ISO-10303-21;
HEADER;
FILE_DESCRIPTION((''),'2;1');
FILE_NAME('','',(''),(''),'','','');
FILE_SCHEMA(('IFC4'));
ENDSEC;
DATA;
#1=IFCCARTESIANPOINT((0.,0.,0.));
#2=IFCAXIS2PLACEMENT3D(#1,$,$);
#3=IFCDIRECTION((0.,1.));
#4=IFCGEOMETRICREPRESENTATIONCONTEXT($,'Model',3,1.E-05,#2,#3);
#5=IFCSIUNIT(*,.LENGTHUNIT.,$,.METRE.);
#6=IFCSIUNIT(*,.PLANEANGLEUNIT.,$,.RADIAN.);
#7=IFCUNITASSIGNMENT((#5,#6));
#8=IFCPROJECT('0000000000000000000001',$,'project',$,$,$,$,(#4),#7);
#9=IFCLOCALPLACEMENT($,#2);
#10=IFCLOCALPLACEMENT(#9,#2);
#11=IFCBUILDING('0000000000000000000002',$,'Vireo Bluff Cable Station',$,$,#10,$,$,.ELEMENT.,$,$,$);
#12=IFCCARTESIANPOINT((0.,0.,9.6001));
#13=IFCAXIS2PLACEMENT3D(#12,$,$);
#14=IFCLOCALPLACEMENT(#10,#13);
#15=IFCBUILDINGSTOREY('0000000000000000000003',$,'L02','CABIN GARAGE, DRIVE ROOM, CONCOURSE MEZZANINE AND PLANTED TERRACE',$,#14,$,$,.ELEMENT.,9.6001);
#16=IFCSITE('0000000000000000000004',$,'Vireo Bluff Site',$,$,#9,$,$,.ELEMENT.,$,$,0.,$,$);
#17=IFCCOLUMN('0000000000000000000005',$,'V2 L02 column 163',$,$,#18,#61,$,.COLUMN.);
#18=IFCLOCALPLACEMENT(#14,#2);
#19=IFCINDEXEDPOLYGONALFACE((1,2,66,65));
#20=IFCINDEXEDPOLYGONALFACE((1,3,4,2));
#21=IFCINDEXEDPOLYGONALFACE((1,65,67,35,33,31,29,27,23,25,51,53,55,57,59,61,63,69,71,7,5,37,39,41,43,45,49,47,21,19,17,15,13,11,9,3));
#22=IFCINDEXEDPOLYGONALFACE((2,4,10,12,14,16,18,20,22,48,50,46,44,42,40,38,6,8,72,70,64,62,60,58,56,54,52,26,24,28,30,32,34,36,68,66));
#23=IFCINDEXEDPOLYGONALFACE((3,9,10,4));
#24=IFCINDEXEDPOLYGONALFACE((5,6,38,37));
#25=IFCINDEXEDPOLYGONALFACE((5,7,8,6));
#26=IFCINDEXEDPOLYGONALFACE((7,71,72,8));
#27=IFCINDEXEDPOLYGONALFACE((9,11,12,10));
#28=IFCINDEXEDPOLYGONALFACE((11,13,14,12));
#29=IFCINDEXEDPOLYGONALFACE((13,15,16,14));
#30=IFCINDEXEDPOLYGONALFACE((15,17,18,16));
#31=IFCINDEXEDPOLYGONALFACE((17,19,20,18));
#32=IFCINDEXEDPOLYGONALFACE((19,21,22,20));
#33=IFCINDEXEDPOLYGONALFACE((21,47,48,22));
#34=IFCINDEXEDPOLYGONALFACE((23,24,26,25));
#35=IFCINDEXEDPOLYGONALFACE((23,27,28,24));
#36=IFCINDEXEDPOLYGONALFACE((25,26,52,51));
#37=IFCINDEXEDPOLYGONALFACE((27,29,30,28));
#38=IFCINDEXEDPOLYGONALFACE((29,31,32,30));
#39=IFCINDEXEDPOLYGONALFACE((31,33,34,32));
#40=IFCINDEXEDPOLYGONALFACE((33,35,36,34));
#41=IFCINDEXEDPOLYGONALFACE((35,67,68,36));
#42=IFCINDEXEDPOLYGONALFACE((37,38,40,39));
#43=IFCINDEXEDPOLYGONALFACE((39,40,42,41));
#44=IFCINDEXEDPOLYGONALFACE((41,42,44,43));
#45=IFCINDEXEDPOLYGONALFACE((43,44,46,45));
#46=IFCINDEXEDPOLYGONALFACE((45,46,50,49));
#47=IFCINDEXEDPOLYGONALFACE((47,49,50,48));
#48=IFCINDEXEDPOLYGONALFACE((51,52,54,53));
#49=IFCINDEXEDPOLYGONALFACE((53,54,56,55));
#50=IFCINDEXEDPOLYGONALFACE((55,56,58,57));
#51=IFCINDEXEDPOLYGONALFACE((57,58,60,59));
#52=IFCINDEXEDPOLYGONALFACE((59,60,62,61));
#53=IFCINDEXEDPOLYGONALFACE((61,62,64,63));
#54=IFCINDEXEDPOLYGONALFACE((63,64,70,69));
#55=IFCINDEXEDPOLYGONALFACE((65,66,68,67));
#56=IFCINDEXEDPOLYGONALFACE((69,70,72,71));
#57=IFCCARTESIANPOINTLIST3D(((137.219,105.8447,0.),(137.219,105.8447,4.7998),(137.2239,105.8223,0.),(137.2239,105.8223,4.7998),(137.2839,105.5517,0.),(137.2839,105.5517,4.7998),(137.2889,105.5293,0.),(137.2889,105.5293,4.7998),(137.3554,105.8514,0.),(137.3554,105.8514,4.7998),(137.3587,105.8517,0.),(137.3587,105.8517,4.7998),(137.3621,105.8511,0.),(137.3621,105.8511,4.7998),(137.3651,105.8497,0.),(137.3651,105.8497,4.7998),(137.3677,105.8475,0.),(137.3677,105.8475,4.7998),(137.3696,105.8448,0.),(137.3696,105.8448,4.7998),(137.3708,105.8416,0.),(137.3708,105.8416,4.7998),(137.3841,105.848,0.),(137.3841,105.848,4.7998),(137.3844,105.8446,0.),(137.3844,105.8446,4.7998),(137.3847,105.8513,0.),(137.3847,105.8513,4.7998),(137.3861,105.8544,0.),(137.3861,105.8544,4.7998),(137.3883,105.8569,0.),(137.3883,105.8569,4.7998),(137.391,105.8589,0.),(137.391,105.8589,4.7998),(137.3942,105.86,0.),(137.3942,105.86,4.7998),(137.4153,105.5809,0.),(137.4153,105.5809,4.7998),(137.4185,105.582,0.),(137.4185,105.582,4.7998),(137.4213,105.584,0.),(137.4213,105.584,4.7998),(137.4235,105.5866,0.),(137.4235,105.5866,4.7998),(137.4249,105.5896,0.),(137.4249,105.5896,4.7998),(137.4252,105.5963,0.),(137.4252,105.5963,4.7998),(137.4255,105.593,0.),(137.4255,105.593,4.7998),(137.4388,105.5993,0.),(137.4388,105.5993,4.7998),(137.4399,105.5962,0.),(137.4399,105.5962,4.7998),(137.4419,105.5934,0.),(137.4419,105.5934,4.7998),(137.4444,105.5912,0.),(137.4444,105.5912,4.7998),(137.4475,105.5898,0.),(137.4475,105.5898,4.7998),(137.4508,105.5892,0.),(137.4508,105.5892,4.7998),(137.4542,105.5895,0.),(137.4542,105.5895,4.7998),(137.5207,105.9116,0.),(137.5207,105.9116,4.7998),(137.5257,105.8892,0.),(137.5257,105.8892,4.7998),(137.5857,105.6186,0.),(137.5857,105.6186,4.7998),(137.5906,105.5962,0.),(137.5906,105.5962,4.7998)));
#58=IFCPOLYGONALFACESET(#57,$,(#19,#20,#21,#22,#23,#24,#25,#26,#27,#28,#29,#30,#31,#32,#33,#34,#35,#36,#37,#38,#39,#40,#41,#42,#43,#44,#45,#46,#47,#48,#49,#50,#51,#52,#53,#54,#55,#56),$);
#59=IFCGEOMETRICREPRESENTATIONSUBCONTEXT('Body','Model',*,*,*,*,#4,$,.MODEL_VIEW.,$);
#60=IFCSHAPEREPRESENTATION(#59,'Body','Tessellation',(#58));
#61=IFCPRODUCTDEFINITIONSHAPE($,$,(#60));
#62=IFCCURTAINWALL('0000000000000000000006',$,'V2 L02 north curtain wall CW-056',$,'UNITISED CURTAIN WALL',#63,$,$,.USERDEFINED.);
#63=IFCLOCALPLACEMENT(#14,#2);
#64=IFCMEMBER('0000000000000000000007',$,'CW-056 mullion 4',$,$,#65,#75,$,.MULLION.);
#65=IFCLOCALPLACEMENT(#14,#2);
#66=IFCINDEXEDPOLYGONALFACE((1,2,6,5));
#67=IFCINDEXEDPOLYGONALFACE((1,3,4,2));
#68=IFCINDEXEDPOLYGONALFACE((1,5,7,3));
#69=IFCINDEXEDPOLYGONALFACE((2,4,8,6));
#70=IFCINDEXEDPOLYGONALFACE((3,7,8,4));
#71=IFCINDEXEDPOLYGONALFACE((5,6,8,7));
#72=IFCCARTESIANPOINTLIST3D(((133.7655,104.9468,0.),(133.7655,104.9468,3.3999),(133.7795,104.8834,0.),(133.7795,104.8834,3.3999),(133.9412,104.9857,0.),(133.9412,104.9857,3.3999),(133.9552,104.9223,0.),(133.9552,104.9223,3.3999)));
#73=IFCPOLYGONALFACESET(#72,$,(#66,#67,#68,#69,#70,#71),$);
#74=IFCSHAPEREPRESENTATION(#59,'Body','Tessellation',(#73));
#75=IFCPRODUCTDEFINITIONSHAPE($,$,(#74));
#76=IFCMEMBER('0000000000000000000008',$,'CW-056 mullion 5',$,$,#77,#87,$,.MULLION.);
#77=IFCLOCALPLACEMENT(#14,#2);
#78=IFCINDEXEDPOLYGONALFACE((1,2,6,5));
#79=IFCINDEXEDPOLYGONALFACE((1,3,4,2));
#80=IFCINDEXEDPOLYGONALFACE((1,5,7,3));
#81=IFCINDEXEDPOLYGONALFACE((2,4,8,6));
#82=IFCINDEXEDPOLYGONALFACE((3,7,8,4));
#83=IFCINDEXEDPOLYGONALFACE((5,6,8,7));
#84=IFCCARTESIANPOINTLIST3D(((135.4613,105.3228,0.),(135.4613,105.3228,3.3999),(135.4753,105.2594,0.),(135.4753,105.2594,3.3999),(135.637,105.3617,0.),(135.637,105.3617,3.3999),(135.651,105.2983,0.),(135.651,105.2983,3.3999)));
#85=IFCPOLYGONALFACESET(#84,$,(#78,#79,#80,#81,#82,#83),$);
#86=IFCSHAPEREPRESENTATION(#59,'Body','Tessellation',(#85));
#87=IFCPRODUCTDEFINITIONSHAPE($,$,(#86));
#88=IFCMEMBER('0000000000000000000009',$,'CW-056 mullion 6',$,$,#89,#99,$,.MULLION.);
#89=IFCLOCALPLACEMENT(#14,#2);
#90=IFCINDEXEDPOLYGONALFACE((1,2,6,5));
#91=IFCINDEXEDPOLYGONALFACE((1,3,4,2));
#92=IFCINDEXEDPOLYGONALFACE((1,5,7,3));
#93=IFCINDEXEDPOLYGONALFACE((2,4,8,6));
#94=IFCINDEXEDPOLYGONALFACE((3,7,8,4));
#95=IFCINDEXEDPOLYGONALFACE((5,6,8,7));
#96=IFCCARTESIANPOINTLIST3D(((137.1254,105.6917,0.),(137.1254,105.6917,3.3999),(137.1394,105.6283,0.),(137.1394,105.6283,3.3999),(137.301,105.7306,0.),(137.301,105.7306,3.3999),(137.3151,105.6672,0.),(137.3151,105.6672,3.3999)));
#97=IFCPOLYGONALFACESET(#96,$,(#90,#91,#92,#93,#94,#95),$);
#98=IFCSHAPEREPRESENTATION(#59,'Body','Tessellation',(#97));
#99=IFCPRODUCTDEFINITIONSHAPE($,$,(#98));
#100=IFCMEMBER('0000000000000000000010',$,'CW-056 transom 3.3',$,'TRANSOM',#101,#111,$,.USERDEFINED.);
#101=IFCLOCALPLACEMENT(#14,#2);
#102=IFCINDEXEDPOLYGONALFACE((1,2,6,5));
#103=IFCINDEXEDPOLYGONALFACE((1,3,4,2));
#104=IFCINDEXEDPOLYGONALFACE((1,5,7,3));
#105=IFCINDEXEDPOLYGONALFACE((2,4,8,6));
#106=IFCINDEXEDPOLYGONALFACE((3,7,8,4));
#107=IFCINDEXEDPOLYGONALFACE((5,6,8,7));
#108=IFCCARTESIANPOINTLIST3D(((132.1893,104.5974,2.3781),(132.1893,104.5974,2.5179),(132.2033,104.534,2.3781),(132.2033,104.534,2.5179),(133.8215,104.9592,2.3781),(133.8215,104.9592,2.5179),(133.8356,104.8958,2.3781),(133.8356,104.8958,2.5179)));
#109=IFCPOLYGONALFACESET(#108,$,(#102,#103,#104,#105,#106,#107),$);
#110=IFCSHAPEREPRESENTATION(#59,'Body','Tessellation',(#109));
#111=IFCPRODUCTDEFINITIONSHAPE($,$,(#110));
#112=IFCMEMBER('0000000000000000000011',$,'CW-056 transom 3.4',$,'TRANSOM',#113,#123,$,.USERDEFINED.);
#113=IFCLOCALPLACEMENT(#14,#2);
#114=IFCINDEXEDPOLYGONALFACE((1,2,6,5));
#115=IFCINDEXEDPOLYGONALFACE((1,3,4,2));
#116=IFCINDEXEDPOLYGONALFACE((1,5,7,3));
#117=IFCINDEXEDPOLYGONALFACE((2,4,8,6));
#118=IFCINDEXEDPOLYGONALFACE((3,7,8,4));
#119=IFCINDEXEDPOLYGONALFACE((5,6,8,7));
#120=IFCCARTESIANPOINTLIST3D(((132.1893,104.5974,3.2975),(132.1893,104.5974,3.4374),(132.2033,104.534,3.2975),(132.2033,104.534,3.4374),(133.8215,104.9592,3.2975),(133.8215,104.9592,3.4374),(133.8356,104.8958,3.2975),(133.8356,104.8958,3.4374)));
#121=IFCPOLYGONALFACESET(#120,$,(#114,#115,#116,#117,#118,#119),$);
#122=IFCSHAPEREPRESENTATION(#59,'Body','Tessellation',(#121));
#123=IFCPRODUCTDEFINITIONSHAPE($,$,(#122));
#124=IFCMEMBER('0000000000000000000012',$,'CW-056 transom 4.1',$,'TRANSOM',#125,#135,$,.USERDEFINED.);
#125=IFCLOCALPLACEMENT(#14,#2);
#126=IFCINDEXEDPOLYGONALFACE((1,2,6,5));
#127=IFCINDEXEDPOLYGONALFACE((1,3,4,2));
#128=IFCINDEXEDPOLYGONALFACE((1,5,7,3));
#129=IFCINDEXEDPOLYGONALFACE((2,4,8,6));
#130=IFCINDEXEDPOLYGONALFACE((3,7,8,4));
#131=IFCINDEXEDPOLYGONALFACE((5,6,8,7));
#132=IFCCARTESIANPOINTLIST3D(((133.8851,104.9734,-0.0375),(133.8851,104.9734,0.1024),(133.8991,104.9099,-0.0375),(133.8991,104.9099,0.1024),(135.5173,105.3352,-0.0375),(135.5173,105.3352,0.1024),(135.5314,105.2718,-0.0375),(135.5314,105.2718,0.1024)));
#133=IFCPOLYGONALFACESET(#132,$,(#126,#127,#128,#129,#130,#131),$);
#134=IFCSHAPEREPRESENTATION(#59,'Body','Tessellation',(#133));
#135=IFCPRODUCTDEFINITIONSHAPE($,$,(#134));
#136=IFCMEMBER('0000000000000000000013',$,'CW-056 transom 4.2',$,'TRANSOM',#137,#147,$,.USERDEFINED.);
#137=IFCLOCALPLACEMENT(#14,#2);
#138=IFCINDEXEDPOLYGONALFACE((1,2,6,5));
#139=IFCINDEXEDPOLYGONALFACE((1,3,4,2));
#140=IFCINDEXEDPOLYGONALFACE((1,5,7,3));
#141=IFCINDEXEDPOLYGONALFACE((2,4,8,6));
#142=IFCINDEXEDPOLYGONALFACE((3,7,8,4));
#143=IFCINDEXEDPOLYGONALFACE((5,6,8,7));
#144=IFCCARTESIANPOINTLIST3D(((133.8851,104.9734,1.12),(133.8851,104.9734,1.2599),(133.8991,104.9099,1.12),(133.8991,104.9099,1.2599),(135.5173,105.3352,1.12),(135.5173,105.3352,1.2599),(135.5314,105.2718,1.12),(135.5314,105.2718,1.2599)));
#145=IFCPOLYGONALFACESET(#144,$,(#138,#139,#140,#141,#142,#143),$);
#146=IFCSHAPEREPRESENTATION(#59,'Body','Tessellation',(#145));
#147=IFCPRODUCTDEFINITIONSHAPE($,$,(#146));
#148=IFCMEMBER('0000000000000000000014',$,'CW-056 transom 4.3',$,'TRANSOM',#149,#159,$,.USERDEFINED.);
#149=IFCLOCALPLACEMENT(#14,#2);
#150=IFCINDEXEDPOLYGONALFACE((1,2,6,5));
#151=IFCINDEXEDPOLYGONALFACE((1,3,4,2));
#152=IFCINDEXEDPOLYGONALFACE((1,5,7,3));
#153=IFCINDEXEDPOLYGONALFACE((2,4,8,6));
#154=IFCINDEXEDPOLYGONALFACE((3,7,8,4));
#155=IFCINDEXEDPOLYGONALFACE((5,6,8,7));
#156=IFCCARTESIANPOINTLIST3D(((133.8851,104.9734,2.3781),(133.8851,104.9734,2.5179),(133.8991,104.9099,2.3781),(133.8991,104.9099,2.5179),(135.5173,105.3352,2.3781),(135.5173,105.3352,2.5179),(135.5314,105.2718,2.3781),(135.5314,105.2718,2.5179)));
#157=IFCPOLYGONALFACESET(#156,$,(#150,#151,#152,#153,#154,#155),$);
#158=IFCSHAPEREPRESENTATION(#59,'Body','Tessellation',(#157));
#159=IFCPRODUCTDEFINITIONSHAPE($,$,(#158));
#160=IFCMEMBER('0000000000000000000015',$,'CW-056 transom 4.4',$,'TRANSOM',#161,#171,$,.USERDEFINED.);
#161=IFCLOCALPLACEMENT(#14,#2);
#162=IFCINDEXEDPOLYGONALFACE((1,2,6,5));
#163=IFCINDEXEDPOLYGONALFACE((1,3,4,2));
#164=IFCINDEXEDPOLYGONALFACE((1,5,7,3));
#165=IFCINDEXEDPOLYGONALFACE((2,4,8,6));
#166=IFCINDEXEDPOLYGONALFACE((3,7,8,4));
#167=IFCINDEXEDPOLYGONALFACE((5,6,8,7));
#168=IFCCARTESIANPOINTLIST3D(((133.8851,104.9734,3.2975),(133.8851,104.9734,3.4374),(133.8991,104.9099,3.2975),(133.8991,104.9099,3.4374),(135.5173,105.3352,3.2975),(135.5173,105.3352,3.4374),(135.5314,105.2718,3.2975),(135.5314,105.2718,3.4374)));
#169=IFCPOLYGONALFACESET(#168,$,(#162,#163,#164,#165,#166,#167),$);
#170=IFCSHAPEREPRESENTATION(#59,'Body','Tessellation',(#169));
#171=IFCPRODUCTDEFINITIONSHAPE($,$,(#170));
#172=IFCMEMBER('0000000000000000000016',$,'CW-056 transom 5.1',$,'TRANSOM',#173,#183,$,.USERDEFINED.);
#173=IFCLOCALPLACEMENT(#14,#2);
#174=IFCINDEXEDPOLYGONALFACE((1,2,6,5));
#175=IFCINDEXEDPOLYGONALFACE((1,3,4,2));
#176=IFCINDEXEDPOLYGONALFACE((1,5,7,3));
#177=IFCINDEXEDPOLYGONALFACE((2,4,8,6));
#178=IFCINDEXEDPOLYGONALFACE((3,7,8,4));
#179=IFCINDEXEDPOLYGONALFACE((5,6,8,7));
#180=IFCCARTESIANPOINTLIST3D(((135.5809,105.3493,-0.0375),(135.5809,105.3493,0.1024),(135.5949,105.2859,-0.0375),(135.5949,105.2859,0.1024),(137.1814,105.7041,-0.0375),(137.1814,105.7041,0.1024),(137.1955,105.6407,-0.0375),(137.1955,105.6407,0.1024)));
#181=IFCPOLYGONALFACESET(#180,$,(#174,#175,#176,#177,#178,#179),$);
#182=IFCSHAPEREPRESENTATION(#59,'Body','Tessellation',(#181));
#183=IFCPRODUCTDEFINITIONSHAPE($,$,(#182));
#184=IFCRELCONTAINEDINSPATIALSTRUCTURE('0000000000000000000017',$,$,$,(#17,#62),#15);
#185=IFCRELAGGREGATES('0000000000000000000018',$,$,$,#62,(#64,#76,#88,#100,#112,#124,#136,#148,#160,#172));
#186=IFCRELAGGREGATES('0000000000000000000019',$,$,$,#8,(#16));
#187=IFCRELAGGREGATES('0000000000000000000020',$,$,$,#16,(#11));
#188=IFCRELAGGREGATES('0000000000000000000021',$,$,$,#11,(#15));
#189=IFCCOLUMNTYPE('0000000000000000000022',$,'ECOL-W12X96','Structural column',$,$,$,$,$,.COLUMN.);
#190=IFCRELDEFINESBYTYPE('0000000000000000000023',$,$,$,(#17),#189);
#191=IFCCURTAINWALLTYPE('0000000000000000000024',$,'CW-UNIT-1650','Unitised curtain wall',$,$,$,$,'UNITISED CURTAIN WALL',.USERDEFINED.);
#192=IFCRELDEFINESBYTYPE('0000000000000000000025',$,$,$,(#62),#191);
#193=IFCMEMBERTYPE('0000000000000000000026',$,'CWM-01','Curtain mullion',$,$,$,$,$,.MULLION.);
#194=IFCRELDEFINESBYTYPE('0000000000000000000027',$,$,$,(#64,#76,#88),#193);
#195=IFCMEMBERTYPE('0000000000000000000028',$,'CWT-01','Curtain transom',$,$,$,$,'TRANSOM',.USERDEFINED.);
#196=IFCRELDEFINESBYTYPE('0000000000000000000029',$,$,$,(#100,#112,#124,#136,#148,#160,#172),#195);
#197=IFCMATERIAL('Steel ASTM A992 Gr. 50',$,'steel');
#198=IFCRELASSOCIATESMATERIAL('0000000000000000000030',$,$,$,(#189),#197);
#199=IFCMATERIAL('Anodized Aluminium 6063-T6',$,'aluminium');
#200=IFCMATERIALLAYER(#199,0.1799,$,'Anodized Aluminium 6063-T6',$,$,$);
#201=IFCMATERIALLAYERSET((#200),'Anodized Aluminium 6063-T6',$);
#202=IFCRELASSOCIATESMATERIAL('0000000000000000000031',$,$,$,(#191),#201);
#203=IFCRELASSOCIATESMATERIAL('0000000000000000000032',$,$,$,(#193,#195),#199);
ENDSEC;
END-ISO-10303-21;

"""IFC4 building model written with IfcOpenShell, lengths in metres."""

from ifc_helpers import new_model, si_unit, direction, frame, origin, origin_2d, place, context, subcontext, project, spatial, rectangle, i_section, extrude, material, layer, layer_set, material_profile, profile_set, type_object, element, aggregate, save


model = new_model("IFC4")

# Units and contexts
model_context = context("Model", 3, precision=1e-05, world=origin(), true_north=direction((0.0, 1.0)))
body_context = subcontext(model_context, "Body", "Model", "MODEL_VIEW")
ifc_project = project(units=[si_unit("LENGTHUNIT", "METRE"), si_unit("PLANEANGLEUNIT", "RADIAN")], contexts=[model_context])

# Site, building, storey
site_placement = place(None, origin())
site = spatial("IfcSite", under=ifc_project, at=site_placement, Name="Vireo Bluff Site", CompositionType="ELEMENT", RefElevation=0.0)
building_placement = place(site_placement, origin())
building = spatial("IfcBuilding", under=site, at=building_placement, Name="Vireo Bluff Cable Station", CompositionType="ELEMENT")
storey_placement = place(building_placement, frame((0.0, 0.0, 9.6001)))
storey = spatial("IfcBuildingStorey", under=building, at=storey_placement, Name="L02", Description="CABIN GARAGE, DRIVE ROOM, CONCOURSE MEZZANINE AND PLANTED TERRACE", CompositionType="ELEMENT", Elevation=9.6001)

# Column
ifc_material_1 = material(Name="Steel ASTM A992 Gr. 50", Category="steel")
ifc_material_profile_1 = material_profile(ifc_material_1, i_section(OverallWidth=0.3091, OverallDepth=0.323, WebThickness=0.0139, FlangeThickness=0.0229, FilletRadius=0.0129, at=origin_2d()), Name="W12X96")
ifc_profile_set_1 = profile_set([ifc_material_profile_1], Name="Steel ASTM A992 Gr. 50")
column_type = type_object("IfcColumnType", Name="ECOL-W12X96", Description="Structural column", PredefinedType="COLUMN", material=ifc_profile_set_1)
column_placement = place(storey_placement, frame((137.4048, 105.7205, 0.0), z_axis=(0.0, 0.0, 1.0), x_axis=(0.976296, 0.21644, 0.0)))
element("IfcColumn", 1, at=column_placement, inside=storey, type_object=column_type, Name="V2 L02 column 163", PredefinedType="COLUMN", context=body_context, shape_type="SweptSolid", body=[
    extrude(i_section(OverallWidth=0.3091, OverallDepth=0.323, WebThickness=0.0139, FlangeThickness=0.0229, FilletRadius=0.0129, at=origin_2d()), origin(), (0.0, 0.0, 1.0), 4.7998),
])

# Curtain wall, members
ifc_material_2 = material(Name="Anodized Aluminium 6063-T6", Category="aluminium")
ifc_layer_1 = layer(ifc_material_2, 0.1799, Name="Anodized Aluminium 6063-T6")
ifc_layer_set_1 = layer_set([ifc_layer_1], Name="Anodized Aluminium 6063-T6")
curtain_wall_type = type_object("IfcCurtainWallType", Name="CW-UNIT-1650", Description="Unitised curtain wall", ElementType="UNITISED CURTAIN WALL", PredefinedType="USERDEFINED", material=ifc_layer_set_1)
curtain_wall_placement = place(storey_placement, origin())
curtain_wall = element("IfcCurtainWall", 2, at=curtain_wall_placement, inside=storey, type_object=curtain_wall_type, Name="V2 L02 north curtain wall CW-056", ObjectType="UNITISED CURTAIN WALL", PredefinedType="USERDEFINED")
ifc_material_profile_2 = material_profile(ifc_material_2, rectangle(XDim=0.0649, YDim=0.1799, at=origin_2d()), Name="ALU-M-65X180")
ifc_profile_set_2 = profile_set([ifc_material_profile_2], Name="Anodized Aluminium 6063-T6")
member_type_1 = type_object("IfcMemberType", Name="CWM-01", Description="Curtain mullion", PredefinedType="MULLION", material=ifc_profile_set_2)
member_1_placement = place(storey_placement, frame((133.8604, 104.9346, 0.0), z_axis=(0.0, 0.0, 1.0), x_axis=(-0.21644, 0.976296, 0.0)))
member_1 = element("IfcMember", 3, at=member_1_placement, type_object=member_type_1, Name="CW-056 mullion 4", PredefinedType="MULLION", context=body_context, shape_type="SweptSolid", body=[
    extrude(rectangle(XDim=0.0649, YDim=0.1799, at=origin_2d()), origin(), (0.0, 0.0, 1.0), 3.3999),
])
member_2_placement = place(storey_placement, frame((135.5562, 105.3105, 0.0), z_axis=(0.0, 0.0, 1.0), x_axis=(-0.21644, 0.976296, 0.0)))
member_2 = element("IfcMember", 4, at=member_2_placement, type_object=member_type_1, Name="CW-056 mullion 5", PredefinedType="MULLION", context=body_context, shape_type="SweptSolid", body=[
    extrude(rectangle(XDim=0.0649, YDim=0.1799, at=origin_2d()), origin(), (0.0, 0.0, 1.0), 3.3999),
])
member_3_placement = place(storey_placement, frame((137.2202, 105.6794, 0.0), z_axis=(0.0, 0.0, 1.0), x_axis=(-0.21644, 0.976296, 0.0)))
member_3 = element("IfcMember", 5, at=member_3_placement, type_object=member_type_1, Name="CW-056 mullion 6", PredefinedType="MULLION", context=body_context, shape_type="SweptSolid", body=[
    extrude(rectangle(XDim=0.0649, YDim=0.1799, at=origin_2d()), origin(), (0.0, 0.0, 1.0), 3.3999),
])
ifc_material_profile_3 = material_profile(ifc_material_2, rectangle(XDim=0.0649, YDim=0.1399, at=origin_2d()), Name="ALU-T-65X140")
ifc_profile_set_3 = profile_set([ifc_material_profile_3], Name="Anodized Aluminium 6063-T6")
member_type_2 = type_object("IfcMemberType", Name="CWT-01", Description="Curtain transom", ElementType="TRANSOM", PredefinedType="USERDEFINED", material=ifc_profile_set_3)
member_4_placement = place(storey_placement, frame((132.1963, 104.5657, 2.448), z_axis=(0.976304, 0.216405, 0.0), x_axis=(-0.216405, 0.976304, 0.0)))
member_4 = element("IfcMember", 6, at=member_4_placement, type_object=member_type_2, Name="CW-056 transom 3.3", ObjectType="TRANSOM", PredefinedType="USERDEFINED", context=body_context, shape_type="SweptSolid", body=[
    extrude(rectangle(XDim=0.0649, YDim=0.1399, at=origin_2d()), origin(), (0.0, 0.0, 1.0), 1.6719),
])
member_5_placement = place(storey_placement, frame((132.1963, 104.5657, 3.3674), z_axis=(0.976304, 0.216405, 0.0), x_axis=(-0.216405, 0.976304, 0.0)))
member_5 = element("IfcMember", 7, at=member_5_placement, type_object=member_type_2, Name="CW-056 transom 3.4", ObjectType="TRANSOM", PredefinedType="USERDEFINED", context=body_context, shape_type="SweptSolid", body=[
    extrude(rectangle(XDim=0.0649, YDim=0.1399, at=origin_2d()), origin(), (0.0, 0.0, 1.0), 1.6719),
])
member_6_placement = place(storey_placement, frame((133.8921, 104.9417, 0.0325), z_axis=(0.976304, 0.216405, 0.0), x_axis=(-0.216405, 0.976304, 0.0)))
member_6 = element("IfcMember", 8, at=member_6_placement, type_object=member_type_2, Name="CW-056 transom 4.1", ObjectType="TRANSOM", PredefinedType="USERDEFINED", context=body_context, shape_type="SweptSolid", body=[
    extrude(rectangle(XDim=0.0649, YDim=0.1399, at=origin_2d()), origin(), (0.0, 0.0, 1.0), 1.6719),
])
member_7_placement = place(storey_placement, frame((133.8921, 104.9417, 1.1899), z_axis=(0.976304, 0.216405, 0.0), x_axis=(-0.216405, 0.976304, 0.0)))
member_7 = element("IfcMember", 9, at=member_7_placement, type_object=member_type_2, Name="CW-056 transom 4.2", ObjectType="TRANSOM", PredefinedType="USERDEFINED", context=body_context, shape_type="SweptSolid", body=[
    extrude(rectangle(XDim=0.0649, YDim=0.1399, at=origin_2d()), origin(), (0.0, 0.0, 1.0), 1.6719),
])
member_8_placement = place(storey_placement, frame((133.8921, 104.9417, 2.448), z_axis=(0.976304, 0.216405, 0.0), x_axis=(-0.216405, 0.976304, 0.0)))
member_8 = element("IfcMember", 10, at=member_8_placement, type_object=member_type_2, Name="CW-056 transom 4.3", ObjectType="TRANSOM", PredefinedType="USERDEFINED", context=body_context, shape_type="SweptSolid", body=[
    extrude(rectangle(XDim=0.0649, YDim=0.1399, at=origin_2d()), origin(), (0.0, 0.0, 1.0), 1.6719),
])
member_9_placement = place(storey_placement, frame((133.8921, 104.9417, 3.3674), z_axis=(0.976304, 0.216405, 0.0), x_axis=(-0.216405, 0.976304, 0.0)))
member_9 = element("IfcMember", 11, at=member_9_placement, type_object=member_type_2, Name="CW-056 transom 4.4", ObjectType="TRANSOM", PredefinedType="USERDEFINED", context=body_context, shape_type="SweptSolid", body=[
    extrude(rectangle(XDim=0.0649, YDim=0.1399, at=origin_2d()), origin(), (0.0, 0.0, 1.0), 1.6719),
])
member_10_placement = place(storey_placement, frame((135.5879, 105.3176, 0.0325), z_axis=(0.97631, 0.216379, 0.0), x_axis=(-0.216379, 0.97631, 0.0)))
member_10 = element("IfcMember", 12, at=member_10_placement, type_object=member_type_2, Name="CW-056 transom 5.1", ObjectType="TRANSOM", PredefinedType="USERDEFINED", context=body_context, shape_type="SweptSolid", body=[
    extrude(rectangle(XDim=0.0649, YDim=0.1399, at=origin_2d()), origin(), (0.0, 0.0, 1.0), 1.6394),
])
aggregate(curtain_wall, [member_1, member_2, member_3, member_4, member_5, member_6, member_7, member_8, member_9, member_10])

save(model, "model.ifc")
